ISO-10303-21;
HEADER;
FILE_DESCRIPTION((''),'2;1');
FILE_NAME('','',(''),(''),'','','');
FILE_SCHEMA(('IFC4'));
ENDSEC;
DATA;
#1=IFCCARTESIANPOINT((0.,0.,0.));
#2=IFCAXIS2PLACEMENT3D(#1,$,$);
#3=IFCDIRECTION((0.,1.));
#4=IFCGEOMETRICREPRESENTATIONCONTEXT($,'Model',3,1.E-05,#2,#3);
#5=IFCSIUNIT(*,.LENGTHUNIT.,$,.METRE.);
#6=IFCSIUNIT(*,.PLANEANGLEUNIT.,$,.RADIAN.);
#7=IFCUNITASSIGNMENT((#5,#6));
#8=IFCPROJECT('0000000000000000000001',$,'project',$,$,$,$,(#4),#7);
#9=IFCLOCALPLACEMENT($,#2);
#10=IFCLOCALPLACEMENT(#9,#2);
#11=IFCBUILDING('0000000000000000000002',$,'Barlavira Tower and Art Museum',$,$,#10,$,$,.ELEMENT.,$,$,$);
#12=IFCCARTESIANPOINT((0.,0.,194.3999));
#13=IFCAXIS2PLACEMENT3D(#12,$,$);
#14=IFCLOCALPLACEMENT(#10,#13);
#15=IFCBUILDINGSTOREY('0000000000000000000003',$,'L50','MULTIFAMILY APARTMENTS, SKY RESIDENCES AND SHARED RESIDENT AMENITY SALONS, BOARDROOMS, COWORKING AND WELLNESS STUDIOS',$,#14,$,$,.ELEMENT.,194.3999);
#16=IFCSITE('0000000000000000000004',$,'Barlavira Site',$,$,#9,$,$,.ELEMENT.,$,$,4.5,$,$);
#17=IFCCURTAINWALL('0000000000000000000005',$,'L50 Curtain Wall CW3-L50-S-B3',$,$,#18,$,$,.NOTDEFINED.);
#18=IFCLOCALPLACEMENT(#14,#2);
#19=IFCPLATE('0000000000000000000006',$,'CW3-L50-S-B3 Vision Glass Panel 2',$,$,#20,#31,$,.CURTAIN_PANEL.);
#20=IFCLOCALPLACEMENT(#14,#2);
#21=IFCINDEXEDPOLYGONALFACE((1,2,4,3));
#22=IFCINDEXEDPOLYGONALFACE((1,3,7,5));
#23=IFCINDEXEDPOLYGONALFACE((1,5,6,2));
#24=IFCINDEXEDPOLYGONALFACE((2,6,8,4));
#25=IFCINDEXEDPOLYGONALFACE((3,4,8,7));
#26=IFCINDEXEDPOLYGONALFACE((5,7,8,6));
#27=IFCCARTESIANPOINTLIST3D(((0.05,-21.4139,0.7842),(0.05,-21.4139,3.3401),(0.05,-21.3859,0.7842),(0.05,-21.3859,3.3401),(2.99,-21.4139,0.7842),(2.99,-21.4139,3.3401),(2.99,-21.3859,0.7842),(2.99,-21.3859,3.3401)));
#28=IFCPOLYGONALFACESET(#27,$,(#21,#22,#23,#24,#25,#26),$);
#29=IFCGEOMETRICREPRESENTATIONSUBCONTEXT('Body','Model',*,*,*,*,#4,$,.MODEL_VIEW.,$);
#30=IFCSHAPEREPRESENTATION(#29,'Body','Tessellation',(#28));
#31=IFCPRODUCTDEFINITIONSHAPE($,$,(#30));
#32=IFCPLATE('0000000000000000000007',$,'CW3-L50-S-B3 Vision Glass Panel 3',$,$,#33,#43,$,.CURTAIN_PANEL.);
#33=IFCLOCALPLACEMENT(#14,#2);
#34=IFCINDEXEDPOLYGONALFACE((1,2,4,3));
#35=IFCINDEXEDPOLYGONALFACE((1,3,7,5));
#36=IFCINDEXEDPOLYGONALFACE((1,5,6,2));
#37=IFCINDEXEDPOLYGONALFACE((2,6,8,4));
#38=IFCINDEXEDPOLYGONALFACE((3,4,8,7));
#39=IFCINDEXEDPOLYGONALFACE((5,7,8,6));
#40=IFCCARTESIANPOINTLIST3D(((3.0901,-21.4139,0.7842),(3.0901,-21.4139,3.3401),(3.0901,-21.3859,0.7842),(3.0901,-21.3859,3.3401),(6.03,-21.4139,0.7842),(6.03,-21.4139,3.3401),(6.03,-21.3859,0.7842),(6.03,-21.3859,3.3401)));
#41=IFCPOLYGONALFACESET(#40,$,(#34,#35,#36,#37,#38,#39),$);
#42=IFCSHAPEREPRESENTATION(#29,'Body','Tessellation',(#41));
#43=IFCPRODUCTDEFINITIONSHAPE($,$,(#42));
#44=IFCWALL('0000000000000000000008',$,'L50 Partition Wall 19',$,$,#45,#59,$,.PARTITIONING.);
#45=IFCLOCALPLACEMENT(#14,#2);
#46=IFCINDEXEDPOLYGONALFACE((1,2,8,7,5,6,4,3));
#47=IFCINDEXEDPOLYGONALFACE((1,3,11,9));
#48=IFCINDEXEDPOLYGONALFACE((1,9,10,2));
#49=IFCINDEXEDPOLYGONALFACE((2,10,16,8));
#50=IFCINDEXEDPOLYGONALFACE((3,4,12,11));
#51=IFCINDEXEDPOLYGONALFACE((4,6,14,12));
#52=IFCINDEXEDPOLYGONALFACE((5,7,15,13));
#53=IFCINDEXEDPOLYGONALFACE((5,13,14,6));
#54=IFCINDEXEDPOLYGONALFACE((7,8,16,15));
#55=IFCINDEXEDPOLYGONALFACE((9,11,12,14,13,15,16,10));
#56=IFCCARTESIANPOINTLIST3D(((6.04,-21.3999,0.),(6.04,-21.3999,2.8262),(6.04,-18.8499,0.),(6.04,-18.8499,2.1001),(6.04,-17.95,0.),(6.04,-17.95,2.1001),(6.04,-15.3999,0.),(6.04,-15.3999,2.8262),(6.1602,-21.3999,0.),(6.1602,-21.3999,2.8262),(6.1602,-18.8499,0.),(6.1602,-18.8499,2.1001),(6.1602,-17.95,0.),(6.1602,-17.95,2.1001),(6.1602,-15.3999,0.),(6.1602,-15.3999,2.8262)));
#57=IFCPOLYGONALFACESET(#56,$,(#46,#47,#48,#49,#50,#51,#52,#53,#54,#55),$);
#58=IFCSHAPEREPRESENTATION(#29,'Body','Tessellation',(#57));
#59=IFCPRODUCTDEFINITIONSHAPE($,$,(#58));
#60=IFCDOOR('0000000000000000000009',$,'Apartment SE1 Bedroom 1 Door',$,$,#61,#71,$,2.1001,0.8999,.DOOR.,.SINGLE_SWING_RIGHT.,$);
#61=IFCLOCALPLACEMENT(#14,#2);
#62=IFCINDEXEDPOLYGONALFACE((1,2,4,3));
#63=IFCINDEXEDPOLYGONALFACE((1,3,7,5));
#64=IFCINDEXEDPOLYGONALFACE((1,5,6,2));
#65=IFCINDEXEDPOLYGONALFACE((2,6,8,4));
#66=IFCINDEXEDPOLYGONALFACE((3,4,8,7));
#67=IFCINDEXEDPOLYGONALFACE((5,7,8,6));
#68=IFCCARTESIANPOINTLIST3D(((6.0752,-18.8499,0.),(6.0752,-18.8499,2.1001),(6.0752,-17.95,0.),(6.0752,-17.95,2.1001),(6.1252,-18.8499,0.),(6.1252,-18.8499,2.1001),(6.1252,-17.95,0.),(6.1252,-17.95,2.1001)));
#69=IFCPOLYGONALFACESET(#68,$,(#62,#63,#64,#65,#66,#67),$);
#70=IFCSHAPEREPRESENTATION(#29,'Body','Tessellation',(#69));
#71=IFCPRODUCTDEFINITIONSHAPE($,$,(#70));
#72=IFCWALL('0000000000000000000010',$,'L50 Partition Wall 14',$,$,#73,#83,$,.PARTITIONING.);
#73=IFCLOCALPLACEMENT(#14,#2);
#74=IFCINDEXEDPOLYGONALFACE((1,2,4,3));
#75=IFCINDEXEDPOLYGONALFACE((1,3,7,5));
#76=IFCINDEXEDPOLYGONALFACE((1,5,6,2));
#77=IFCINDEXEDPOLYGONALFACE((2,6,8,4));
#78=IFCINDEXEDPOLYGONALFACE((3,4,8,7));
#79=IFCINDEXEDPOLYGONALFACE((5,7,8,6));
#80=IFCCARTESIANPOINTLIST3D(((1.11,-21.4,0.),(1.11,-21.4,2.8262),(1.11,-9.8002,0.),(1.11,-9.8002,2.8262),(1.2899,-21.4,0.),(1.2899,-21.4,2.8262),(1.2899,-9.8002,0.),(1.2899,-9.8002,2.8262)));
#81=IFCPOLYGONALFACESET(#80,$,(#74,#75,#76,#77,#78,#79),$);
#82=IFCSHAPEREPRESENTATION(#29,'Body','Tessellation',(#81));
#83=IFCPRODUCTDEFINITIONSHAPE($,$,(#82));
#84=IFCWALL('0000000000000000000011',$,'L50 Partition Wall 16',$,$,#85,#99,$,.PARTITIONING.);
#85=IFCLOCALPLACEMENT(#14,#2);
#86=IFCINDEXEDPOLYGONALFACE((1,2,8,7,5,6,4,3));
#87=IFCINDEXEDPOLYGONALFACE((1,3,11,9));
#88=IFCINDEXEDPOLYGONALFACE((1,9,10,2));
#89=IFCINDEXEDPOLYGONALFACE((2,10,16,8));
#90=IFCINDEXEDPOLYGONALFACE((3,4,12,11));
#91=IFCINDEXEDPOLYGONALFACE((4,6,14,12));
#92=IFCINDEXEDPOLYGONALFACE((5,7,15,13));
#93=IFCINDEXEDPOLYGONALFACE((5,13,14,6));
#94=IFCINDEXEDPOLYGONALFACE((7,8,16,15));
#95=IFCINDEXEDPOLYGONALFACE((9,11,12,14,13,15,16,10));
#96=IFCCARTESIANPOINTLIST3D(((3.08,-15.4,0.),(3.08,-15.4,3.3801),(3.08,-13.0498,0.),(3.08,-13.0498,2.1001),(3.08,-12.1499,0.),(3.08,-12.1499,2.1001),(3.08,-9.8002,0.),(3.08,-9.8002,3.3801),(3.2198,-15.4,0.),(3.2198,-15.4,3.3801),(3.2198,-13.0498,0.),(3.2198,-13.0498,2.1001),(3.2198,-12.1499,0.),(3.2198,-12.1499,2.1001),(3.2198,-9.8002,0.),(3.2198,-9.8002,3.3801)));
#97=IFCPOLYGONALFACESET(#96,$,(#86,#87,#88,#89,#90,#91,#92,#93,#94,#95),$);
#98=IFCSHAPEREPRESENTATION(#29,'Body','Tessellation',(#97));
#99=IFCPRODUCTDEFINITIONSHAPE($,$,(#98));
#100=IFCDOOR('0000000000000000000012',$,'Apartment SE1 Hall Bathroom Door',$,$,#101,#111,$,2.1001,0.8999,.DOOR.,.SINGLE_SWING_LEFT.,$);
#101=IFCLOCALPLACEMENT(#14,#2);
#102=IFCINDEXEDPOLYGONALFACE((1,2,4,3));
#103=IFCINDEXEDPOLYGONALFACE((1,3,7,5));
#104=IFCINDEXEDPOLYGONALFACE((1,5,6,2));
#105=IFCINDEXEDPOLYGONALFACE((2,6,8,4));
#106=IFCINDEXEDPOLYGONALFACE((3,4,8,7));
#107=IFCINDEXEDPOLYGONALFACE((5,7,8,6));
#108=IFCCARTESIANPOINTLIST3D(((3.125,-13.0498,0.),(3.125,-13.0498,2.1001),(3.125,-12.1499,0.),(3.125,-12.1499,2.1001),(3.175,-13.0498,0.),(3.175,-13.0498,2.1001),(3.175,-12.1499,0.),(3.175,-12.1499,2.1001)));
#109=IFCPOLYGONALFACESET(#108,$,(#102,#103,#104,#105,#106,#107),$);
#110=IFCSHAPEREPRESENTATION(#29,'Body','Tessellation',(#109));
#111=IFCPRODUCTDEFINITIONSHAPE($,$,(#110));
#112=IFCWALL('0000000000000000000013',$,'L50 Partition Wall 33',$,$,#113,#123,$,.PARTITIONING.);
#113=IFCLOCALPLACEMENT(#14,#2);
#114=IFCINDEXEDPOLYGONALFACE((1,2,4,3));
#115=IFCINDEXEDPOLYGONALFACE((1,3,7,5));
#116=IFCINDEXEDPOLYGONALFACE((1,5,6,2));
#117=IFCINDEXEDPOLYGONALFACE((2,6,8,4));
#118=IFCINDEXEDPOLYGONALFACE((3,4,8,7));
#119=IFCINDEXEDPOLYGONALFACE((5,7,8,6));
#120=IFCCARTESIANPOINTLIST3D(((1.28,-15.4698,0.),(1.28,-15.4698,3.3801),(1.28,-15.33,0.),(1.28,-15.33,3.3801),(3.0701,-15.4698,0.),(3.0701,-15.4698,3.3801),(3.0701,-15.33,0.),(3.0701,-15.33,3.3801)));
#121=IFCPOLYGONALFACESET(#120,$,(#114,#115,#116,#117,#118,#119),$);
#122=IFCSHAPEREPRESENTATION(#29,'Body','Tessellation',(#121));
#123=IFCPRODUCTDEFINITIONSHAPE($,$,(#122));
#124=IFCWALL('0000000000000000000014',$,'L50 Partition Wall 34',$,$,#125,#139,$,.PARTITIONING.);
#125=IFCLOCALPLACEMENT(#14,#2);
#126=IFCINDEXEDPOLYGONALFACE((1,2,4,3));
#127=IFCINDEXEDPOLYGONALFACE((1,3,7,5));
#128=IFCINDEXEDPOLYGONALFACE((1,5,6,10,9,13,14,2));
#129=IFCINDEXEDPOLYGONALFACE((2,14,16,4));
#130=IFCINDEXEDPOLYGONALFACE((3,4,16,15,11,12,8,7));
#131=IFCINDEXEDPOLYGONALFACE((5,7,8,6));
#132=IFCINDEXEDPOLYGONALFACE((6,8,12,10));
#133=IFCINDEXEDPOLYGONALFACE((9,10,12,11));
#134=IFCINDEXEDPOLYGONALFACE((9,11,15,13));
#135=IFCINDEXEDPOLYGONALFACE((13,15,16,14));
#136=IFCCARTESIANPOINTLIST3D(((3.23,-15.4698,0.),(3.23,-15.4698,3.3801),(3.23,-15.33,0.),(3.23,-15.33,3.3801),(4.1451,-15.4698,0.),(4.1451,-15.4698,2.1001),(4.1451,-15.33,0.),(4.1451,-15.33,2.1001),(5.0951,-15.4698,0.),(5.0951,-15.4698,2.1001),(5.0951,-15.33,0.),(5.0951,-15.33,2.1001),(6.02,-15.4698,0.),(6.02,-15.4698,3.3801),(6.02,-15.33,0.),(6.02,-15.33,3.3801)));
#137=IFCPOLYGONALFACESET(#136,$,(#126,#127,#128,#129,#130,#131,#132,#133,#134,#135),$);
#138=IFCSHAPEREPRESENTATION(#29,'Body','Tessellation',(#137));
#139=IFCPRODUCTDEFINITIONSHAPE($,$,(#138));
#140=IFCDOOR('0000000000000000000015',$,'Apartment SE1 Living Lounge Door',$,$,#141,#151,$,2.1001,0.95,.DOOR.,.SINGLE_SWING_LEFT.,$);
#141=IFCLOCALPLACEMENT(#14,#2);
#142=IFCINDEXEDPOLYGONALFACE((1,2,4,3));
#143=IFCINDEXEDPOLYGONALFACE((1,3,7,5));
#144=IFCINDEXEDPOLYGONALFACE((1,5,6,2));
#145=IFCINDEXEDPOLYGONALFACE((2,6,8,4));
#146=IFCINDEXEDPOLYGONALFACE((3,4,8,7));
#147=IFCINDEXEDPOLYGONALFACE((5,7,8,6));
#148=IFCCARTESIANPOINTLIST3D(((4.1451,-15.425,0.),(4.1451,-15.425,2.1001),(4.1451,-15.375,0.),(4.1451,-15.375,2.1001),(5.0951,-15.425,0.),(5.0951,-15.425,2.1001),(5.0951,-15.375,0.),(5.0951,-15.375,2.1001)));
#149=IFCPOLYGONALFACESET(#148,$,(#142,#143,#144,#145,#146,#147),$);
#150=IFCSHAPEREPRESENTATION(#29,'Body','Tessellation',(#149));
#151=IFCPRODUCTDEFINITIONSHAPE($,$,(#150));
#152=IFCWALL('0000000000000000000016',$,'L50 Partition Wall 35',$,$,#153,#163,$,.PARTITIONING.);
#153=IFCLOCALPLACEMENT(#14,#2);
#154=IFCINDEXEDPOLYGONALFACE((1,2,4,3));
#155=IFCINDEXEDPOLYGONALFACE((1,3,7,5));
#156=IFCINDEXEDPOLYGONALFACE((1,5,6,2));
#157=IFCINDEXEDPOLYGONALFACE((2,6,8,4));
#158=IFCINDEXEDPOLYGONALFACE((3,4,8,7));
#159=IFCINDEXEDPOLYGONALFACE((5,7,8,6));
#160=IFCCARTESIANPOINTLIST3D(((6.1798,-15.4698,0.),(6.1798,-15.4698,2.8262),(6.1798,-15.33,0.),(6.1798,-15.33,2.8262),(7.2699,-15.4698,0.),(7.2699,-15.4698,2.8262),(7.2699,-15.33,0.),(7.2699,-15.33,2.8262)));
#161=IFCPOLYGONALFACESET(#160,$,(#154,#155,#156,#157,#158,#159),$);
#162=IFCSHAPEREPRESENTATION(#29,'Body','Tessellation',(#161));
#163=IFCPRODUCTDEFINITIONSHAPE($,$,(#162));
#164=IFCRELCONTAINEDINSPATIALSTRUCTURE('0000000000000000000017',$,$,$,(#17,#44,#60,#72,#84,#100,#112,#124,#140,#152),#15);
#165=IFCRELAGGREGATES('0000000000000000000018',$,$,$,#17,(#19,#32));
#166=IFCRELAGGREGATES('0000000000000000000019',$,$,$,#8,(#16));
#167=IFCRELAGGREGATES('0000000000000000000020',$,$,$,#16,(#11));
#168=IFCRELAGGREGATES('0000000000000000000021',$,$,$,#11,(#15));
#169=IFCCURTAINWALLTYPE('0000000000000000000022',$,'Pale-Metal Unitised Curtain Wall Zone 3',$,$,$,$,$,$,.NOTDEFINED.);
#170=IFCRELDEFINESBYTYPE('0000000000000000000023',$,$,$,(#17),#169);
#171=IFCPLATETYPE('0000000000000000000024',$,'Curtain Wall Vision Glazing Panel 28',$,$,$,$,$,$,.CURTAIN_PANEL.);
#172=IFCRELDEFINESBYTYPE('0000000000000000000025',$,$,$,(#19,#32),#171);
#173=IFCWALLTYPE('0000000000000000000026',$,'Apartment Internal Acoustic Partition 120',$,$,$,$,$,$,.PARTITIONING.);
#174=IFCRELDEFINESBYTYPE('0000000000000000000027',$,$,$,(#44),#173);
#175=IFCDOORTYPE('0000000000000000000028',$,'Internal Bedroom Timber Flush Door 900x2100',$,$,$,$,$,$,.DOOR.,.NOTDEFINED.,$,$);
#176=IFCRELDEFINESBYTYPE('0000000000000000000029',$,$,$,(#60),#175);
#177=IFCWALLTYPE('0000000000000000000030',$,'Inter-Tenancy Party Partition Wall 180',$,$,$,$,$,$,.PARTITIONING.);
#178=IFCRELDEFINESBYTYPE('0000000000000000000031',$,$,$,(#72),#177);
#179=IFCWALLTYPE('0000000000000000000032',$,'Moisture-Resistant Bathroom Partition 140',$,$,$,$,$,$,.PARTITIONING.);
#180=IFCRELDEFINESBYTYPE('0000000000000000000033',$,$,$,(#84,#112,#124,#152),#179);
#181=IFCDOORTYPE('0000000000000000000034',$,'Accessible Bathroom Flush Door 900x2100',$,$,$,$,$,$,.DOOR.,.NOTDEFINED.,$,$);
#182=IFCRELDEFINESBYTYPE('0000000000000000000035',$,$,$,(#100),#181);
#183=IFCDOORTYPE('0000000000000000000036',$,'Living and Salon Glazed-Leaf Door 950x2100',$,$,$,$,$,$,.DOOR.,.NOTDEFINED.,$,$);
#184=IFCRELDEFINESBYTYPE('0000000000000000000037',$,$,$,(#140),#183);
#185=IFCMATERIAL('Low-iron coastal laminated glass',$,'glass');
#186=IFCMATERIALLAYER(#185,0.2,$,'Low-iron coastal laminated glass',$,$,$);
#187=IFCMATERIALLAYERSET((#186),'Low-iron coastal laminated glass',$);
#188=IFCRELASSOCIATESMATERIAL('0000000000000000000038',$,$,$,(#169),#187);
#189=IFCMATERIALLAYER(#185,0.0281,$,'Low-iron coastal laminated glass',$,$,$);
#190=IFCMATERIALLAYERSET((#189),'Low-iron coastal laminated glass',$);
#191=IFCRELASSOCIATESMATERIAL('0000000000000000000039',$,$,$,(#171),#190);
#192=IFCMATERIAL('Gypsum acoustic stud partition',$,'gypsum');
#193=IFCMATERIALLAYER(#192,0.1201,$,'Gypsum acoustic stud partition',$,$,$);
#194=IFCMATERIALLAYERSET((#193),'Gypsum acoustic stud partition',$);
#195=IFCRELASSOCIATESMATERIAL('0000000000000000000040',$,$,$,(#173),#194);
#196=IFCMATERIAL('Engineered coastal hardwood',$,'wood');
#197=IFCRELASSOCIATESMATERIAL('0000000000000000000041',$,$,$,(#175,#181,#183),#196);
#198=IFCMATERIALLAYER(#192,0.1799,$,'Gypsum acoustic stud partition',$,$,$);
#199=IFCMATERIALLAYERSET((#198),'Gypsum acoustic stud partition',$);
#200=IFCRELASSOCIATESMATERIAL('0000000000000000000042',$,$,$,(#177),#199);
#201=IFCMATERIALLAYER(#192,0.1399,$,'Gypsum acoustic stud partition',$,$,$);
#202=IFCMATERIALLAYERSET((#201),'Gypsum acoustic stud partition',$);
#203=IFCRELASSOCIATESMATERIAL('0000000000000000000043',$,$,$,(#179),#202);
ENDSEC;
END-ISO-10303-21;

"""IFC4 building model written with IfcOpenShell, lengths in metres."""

from ifc_helpers import new_model, si_unit, direction, frame, frame_2d, origin, origin_2d, place, context, subcontext, project, spatial, rectangle, extrude, material, layer, layer_set, type_object, element, fill, aggregate, save


model = new_model("IFC4")

# Units and contexts
model_context = context("Model", 3, precision=1e-05, world=origin(), true_north=direction((0.0, 1.0)))
body_context = subcontext(model_context, "Body", "Model", "MODEL_VIEW")
ifc_project = project(units=[si_unit("LENGTHUNIT", "METRE"), si_unit("PLANEANGLEUNIT", "RADIAN")], contexts=[model_context])

# Site, building, storey
site_placement = place(None, origin())
site = spatial("IfcSite", under=ifc_project, at=site_placement, Name="Barlavira Site", CompositionType="ELEMENT", RefElevation=4.5)
building_placement = place(site_placement, origin())
building = spatial("IfcBuilding", under=site, at=building_placement, Name="Barlavira Tower and Art Museum", CompositionType="ELEMENT")
storey_placement = place(building_placement, frame((0.0, 0.0, 194.3999)))
storey = spatial("IfcBuildingStorey", under=building, at=storey_placement, Name="L50", Description="MULTIFAMILY APARTMENTS, SKY RESIDENCES AND SHARED RESIDENT AMENITY SALONS, BOARDROOMS, COWORKING AND WELLNESS STUDIOS", CompositionType="ELEMENT", Elevation=194.3999)

# Curtain wall
ifc_material_1 = material(Name="Low-iron coastal laminated glass", Category="glass")
ifc_layer_1 = layer(ifc_material_1, 0.2, Name="Low-iron coastal laminated glass")
ifc_layer_set_1 = layer_set([ifc_layer_1], Name="Low-iron coastal laminated glass")
curtain_wall_type = type_object("IfcCurtainWallType", Name="Pale-Metal Unitised Curtain Wall Zone 3", PredefinedType="NOTDEFINED", material=ifc_layer_set_1)
curtain_wall_placement = place(storey_placement, origin())
curtain_wall = element("IfcCurtainWall", 1, at=curtain_wall_placement, inside=storey, type_object=curtain_wall_type, Name="L50 Curtain Wall CW3-L50-S-B3", PredefinedType="NOTDEFINED")

# Plates
ifc_layer_2 = layer(ifc_material_1, 0.0281, Name="Low-iron coastal laminated glass")
ifc_layer_set_2 = layer_set([ifc_layer_2], Name="Low-iron coastal laminated glass")
plate_type_1 = type_object("IfcPlateType", Name="Curtain Wall Vision Glazing Panel 28", PredefinedType="CURTAIN_PANEL", material=ifc_layer_set_2)
plate_1_placement = place(storey_placement, frame((1.52, -21.3999, 0.7842), z_axis=(0.0, 0.0, 1.0), x_axis=(1.0, 0.0, 0.0)))
plate_1 = element("IfcPlate", 2, at=plate_1_placement, type_object=plate_type_1, Name="CW3-L50-S-B3 Vision Glass Panel 2", PredefinedType="CURTAIN_PANEL", context=body_context, shape_type="SweptSolid", body=[
    extrude(rectangle(XDim=2.9399, YDim=0.0281, at=origin_2d()), origin(), (0.0, 0.0, 1.0), 2.5559),
])
plate_2_placement = place(storey_placement, frame((4.5601, -21.3999, 0.7842), z_axis=(0.0, 0.0, 1.0), x_axis=(1.0, 0.0, 0.0)))
plate_2 = element("IfcPlate", 3, at=plate_2_placement, type_object=plate_type_1, Name="CW3-L50-S-B3 Vision Glass Panel 3", PredefinedType="CURTAIN_PANEL", context=body_context, shape_type="SweptSolid", body=[
    extrude(rectangle(XDim=2.9399, YDim=0.0281, at=origin_2d()), origin(), (0.0, 0.0, 1.0), 2.5559),
])
aggregate(curtain_wall, [plate_1, plate_2])

# Wall, opening, door
ifc_material_2 = material(Name="Gypsum acoustic stud partition", Category="gypsum")
ifc_layer_3 = layer(ifc_material_2, 0.1201, Name="Gypsum acoustic stud partition")
ifc_layer_set_3 = layer_set([ifc_layer_3], Name="Gypsum acoustic stud partition")
wall_type_1 = type_object("IfcWallType", Name="Apartment Internal Acoustic Partition 120", PredefinedType="PARTITIONING", material=ifc_layer_set_3)
wall_1_placement = place(storey_placement, frame((6.1001, -21.3999, 0.0), z_axis=(0.0, 0.0, 1.0), x_axis=(0.0, 1.0, 0.0)))
wall_1 = element("IfcWall", 4, at=wall_1_placement, inside=storey, type_object=wall_type_1, Name="L50 Partition Wall 19", PredefinedType="PARTITIONING", context=body_context, shape_type="SweptSolid", body=[
    extrude(rectangle(XDim=6.0, YDim=0.1201, at=frame_2d((3.0, 0.0))), origin(), (0.0, 0.0, 1.0), 2.8262),
])
opening_1_placement = place(wall_1_placement, frame((2.55, 0.0, 0.0)))
opening_1 = element("IfcOpeningElement", 5, at=opening_1_placement, cuts=wall_1, PredefinedType="OPENING", context=body_context, shape_type="SweptSolid", body=[
    extrude(rectangle(XDim=0.8999, YDim=2.1001, at=frame_2d((0.45, 1.05))), frame((0.0, 0.0701, 0.0), z_axis=(0.0, -1.0, 0.0), x_axis=(1.0, 0.0, 0.0)), (0.0, 0.0, 1.0), 0.1401),
])
ifc_material_3 = material(Name="Engineered coastal hardwood", Category="wood")
door_type_1 = type_object("IfcDoorType", Name="Internal Bedroom Timber Flush Door 900x2100", OperationType="NOTDEFINED", PredefinedType="DOOR", material=ifc_material_3)
door_1_placement = place(opening_1_placement, origin())
door_1 = element("IfcDoor", 6, at=door_1_placement, inside=storey, type_object=door_type_1, Name="Apartment SE1 Bedroom 1 Door", OperationType="SINGLE_SWING_RIGHT", OverallHeight=2.1001, OverallWidth=0.8999, PredefinedType="DOOR", context=body_context, shape_type="SweptSolid", body=[
    extrude(rectangle(XDim=0.8999, YDim=2.1001, at=frame_2d((0.45, 1.05))), frame((0.0, 0.0249, 0.0), z_axis=(0.0, -1.0, 0.0), x_axis=(1.0, 0.0, 0.0)), (0.0, 0.0, 1.0), 0.05),
])
fill(opening_1, door_1)

# Wall
ifc_layer_4 = layer(ifc_material_2, 0.1799, Name="Gypsum acoustic stud partition")
ifc_layer_set_4 = layer_set([ifc_layer_4], Name="Gypsum acoustic stud partition")
wall_type_2 = type_object("IfcWallType", Name="Inter-Tenancy Party Partition Wall 180", PredefinedType="PARTITIONING", material=ifc_layer_set_4)
wall_2_placement = place(storey_placement, frame((1.2, -21.3999, 0.0), z_axis=(0.0, 0.0, 1.0), x_axis=(0.0, 1.0, 0.0)))
element("IfcWall", 7, at=wall_2_placement, inside=storey, type_object=wall_type_2, Name="L50 Partition Wall 14", PredefinedType="PARTITIONING", context=body_context, shape_type="SweptSolid", body=[
    extrude(rectangle(XDim=11.5999, YDim=0.1799, at=frame_2d((5.7998, 0.0))), origin(), (0.0, 0.0, 1.0), 2.8262),
])

# Wall, opening, door
ifc_layer_5 = layer(ifc_material_2, 0.1399, Name="Gypsum acoustic stud partition")
ifc_layer_set_5 = layer_set([ifc_layer_5], Name="Gypsum acoustic stud partition")
wall_type_3 = type_object("IfcWallType", Name="Moisture-Resistant Bathroom Partition 140", PredefinedType="PARTITIONING", material=ifc_layer_set_5)
wall_3_placement = place(storey_placement, frame((3.1499, -15.3999, 0.0), z_axis=(0.0, 0.0, 1.0), x_axis=(0.0, 1.0, 0.0)))
wall_3 = element("IfcWall", 8, at=wall_3_placement, inside=storey, type_object=wall_type_3, Name="L50 Partition Wall 16", PredefinedType="PARTITIONING", context=body_context, shape_type="SweptSolid", body=[
    extrude(rectangle(XDim=5.5999, YDim=0.1399, at=frame_2d((2.7998, 0.0))), origin(), (0.0, 0.0, 1.0), 3.3801),
])
opening_2_placement = place(wall_3_placement, frame((2.3501, 0.0, 0.0)))
opening_2 = element("IfcOpeningElement", 9, at=opening_2_placement, cuts=wall_3, PredefinedType="OPENING", context=body_context, shape_type="SweptSolid", body=[
    extrude(rectangle(XDim=0.8999, YDim=2.1001, at=frame_2d((0.45, 1.05))), frame((0.0, 0.0801, 0.0), z_axis=(0.0, -1.0, 0.0), x_axis=(1.0, 0.0, 0.0)), (0.0, 0.0, 1.0), 0.1599),
])
door_type_2 = type_object("IfcDoorType", Name="Accessible Bathroom Flush Door 900x2100", OperationType="NOTDEFINED", PredefinedType="DOOR", material=ifc_material_3)
door_2_placement = place(opening_2_placement, origin())
door_2 = element("IfcDoor", 10, at=door_2_placement, inside=storey, type_object=door_type_2, Name="Apartment SE1 Hall Bathroom Door", OperationType="SINGLE_SWING_LEFT", OverallHeight=2.1001, OverallWidth=0.8999, PredefinedType="DOOR", context=body_context, shape_type="SweptSolid", body=[
    extrude(rectangle(XDim=0.8999, YDim=2.1001, at=frame_2d((0.45, 1.05))), frame((0.0, 0.0249, 0.0), z_axis=(0.0, -1.0, 0.0), x_axis=(1.0, 0.0, 0.0)), (0.0, 0.0, 1.0), 0.05),
])
fill(opening_2, door_2)

# Wall
wall_4_placement = place(storey_placement, frame((1.28, -15.3999, 0.0), z_axis=(0.0, 0.0, 1.0), x_axis=(1.0, 0.0, 0.0)))
element("IfcWall", 11, at=wall_4_placement, inside=storey, type_object=wall_type_3, Name="L50 Partition Wall 33", PredefinedType="PARTITIONING", context=body_context, shape_type="SweptSolid", body=[
    extrude(rectangle(XDim=1.79, YDim=0.1399, at=frame_2d((0.895, 0.0))), origin(), (0.0, 0.0, 1.0), 3.3801),
])

# Wall, opening, door
wall_5_placement = place(storey_placement, frame((3.23, -15.3999, 0.0), z_axis=(0.0, 0.0, 1.0), x_axis=(1.0, 0.0, 0.0)))
wall_5 = element("IfcWall", 12, at=wall_5_placement, inside=storey, type_object=wall_type_3, Name="L50 Partition Wall 34", PredefinedType="PARTITIONING", context=body_context, shape_type="SweptSolid", body=[
    extrude(rectangle(XDim=2.79, YDim=0.1399, at=frame_2d((1.395, 0.0))), origin(), (0.0, 0.0, 1.0), 3.3801),
])
opening_3_placement = place(wall_5_placement, frame((0.915, 0.0, 0.0)))
opening_3 = element("IfcOpeningElement", 13, at=opening_3_placement, cuts=wall_5, PredefinedType="OPENING", context=body_context, shape_type="SweptSolid", body=[
    extrude(rectangle(XDim=0.95, YDim=2.1001, at=frame_2d((0.4751, 1.05))), frame((0.0, 0.0801, 0.0), z_axis=(0.0, -1.0, 0.0), x_axis=(1.0, 0.0, 0.0)), (0.0, 0.0, 1.0), 0.1599),
])
door_type_3 = type_object("IfcDoorType", Name="Living and Salon Glazed-Leaf Door 950x2100", OperationType="NOTDEFINED", PredefinedType="DOOR", material=ifc_material_3)
door_3_placement = place(opening_3_placement, origin())
door_3 = element("IfcDoor", 14, at=door_3_placement, inside=storey, type_object=door_type_3, Name="Apartment SE1 Living Lounge Door", OperationType="SINGLE_SWING_LEFT", OverallHeight=2.1001, OverallWidth=0.95, PredefinedType="DOOR", context=body_context, shape_type="SweptSolid", body=[
    extrude(rectangle(XDim=0.95, YDim=2.1001, at=frame_2d((0.4751, 1.05))), frame((0.0, 0.0249, 0.0), z_axis=(0.0, -1.0, 0.0), x_axis=(1.0, 0.0, 0.0)), (0.0, 0.0, 1.0), 0.05),
])
fill(opening_3, door_3)

# Wall
wall_6_placement = place(storey_placement, frame((6.1799, -15.3999, 0.0), z_axis=(0.0, 0.0, 1.0), x_axis=(1.0, 0.0, 0.0)))
element("IfcWall", 15, at=wall_6_placement, inside=storey, type_object=wall_type_3, Name="L50 Partition Wall 35", PredefinedType="PARTITIONING", context=body_context, shape_type="SweptSolid", body=[
    extrude(rectangle(XDim=1.0901, YDim=0.1399, at=frame_2d((0.5449, 0.0))), origin(), (0.0, 0.0, 1.0), 2.8262),
])

save(model, "model.ifc")
